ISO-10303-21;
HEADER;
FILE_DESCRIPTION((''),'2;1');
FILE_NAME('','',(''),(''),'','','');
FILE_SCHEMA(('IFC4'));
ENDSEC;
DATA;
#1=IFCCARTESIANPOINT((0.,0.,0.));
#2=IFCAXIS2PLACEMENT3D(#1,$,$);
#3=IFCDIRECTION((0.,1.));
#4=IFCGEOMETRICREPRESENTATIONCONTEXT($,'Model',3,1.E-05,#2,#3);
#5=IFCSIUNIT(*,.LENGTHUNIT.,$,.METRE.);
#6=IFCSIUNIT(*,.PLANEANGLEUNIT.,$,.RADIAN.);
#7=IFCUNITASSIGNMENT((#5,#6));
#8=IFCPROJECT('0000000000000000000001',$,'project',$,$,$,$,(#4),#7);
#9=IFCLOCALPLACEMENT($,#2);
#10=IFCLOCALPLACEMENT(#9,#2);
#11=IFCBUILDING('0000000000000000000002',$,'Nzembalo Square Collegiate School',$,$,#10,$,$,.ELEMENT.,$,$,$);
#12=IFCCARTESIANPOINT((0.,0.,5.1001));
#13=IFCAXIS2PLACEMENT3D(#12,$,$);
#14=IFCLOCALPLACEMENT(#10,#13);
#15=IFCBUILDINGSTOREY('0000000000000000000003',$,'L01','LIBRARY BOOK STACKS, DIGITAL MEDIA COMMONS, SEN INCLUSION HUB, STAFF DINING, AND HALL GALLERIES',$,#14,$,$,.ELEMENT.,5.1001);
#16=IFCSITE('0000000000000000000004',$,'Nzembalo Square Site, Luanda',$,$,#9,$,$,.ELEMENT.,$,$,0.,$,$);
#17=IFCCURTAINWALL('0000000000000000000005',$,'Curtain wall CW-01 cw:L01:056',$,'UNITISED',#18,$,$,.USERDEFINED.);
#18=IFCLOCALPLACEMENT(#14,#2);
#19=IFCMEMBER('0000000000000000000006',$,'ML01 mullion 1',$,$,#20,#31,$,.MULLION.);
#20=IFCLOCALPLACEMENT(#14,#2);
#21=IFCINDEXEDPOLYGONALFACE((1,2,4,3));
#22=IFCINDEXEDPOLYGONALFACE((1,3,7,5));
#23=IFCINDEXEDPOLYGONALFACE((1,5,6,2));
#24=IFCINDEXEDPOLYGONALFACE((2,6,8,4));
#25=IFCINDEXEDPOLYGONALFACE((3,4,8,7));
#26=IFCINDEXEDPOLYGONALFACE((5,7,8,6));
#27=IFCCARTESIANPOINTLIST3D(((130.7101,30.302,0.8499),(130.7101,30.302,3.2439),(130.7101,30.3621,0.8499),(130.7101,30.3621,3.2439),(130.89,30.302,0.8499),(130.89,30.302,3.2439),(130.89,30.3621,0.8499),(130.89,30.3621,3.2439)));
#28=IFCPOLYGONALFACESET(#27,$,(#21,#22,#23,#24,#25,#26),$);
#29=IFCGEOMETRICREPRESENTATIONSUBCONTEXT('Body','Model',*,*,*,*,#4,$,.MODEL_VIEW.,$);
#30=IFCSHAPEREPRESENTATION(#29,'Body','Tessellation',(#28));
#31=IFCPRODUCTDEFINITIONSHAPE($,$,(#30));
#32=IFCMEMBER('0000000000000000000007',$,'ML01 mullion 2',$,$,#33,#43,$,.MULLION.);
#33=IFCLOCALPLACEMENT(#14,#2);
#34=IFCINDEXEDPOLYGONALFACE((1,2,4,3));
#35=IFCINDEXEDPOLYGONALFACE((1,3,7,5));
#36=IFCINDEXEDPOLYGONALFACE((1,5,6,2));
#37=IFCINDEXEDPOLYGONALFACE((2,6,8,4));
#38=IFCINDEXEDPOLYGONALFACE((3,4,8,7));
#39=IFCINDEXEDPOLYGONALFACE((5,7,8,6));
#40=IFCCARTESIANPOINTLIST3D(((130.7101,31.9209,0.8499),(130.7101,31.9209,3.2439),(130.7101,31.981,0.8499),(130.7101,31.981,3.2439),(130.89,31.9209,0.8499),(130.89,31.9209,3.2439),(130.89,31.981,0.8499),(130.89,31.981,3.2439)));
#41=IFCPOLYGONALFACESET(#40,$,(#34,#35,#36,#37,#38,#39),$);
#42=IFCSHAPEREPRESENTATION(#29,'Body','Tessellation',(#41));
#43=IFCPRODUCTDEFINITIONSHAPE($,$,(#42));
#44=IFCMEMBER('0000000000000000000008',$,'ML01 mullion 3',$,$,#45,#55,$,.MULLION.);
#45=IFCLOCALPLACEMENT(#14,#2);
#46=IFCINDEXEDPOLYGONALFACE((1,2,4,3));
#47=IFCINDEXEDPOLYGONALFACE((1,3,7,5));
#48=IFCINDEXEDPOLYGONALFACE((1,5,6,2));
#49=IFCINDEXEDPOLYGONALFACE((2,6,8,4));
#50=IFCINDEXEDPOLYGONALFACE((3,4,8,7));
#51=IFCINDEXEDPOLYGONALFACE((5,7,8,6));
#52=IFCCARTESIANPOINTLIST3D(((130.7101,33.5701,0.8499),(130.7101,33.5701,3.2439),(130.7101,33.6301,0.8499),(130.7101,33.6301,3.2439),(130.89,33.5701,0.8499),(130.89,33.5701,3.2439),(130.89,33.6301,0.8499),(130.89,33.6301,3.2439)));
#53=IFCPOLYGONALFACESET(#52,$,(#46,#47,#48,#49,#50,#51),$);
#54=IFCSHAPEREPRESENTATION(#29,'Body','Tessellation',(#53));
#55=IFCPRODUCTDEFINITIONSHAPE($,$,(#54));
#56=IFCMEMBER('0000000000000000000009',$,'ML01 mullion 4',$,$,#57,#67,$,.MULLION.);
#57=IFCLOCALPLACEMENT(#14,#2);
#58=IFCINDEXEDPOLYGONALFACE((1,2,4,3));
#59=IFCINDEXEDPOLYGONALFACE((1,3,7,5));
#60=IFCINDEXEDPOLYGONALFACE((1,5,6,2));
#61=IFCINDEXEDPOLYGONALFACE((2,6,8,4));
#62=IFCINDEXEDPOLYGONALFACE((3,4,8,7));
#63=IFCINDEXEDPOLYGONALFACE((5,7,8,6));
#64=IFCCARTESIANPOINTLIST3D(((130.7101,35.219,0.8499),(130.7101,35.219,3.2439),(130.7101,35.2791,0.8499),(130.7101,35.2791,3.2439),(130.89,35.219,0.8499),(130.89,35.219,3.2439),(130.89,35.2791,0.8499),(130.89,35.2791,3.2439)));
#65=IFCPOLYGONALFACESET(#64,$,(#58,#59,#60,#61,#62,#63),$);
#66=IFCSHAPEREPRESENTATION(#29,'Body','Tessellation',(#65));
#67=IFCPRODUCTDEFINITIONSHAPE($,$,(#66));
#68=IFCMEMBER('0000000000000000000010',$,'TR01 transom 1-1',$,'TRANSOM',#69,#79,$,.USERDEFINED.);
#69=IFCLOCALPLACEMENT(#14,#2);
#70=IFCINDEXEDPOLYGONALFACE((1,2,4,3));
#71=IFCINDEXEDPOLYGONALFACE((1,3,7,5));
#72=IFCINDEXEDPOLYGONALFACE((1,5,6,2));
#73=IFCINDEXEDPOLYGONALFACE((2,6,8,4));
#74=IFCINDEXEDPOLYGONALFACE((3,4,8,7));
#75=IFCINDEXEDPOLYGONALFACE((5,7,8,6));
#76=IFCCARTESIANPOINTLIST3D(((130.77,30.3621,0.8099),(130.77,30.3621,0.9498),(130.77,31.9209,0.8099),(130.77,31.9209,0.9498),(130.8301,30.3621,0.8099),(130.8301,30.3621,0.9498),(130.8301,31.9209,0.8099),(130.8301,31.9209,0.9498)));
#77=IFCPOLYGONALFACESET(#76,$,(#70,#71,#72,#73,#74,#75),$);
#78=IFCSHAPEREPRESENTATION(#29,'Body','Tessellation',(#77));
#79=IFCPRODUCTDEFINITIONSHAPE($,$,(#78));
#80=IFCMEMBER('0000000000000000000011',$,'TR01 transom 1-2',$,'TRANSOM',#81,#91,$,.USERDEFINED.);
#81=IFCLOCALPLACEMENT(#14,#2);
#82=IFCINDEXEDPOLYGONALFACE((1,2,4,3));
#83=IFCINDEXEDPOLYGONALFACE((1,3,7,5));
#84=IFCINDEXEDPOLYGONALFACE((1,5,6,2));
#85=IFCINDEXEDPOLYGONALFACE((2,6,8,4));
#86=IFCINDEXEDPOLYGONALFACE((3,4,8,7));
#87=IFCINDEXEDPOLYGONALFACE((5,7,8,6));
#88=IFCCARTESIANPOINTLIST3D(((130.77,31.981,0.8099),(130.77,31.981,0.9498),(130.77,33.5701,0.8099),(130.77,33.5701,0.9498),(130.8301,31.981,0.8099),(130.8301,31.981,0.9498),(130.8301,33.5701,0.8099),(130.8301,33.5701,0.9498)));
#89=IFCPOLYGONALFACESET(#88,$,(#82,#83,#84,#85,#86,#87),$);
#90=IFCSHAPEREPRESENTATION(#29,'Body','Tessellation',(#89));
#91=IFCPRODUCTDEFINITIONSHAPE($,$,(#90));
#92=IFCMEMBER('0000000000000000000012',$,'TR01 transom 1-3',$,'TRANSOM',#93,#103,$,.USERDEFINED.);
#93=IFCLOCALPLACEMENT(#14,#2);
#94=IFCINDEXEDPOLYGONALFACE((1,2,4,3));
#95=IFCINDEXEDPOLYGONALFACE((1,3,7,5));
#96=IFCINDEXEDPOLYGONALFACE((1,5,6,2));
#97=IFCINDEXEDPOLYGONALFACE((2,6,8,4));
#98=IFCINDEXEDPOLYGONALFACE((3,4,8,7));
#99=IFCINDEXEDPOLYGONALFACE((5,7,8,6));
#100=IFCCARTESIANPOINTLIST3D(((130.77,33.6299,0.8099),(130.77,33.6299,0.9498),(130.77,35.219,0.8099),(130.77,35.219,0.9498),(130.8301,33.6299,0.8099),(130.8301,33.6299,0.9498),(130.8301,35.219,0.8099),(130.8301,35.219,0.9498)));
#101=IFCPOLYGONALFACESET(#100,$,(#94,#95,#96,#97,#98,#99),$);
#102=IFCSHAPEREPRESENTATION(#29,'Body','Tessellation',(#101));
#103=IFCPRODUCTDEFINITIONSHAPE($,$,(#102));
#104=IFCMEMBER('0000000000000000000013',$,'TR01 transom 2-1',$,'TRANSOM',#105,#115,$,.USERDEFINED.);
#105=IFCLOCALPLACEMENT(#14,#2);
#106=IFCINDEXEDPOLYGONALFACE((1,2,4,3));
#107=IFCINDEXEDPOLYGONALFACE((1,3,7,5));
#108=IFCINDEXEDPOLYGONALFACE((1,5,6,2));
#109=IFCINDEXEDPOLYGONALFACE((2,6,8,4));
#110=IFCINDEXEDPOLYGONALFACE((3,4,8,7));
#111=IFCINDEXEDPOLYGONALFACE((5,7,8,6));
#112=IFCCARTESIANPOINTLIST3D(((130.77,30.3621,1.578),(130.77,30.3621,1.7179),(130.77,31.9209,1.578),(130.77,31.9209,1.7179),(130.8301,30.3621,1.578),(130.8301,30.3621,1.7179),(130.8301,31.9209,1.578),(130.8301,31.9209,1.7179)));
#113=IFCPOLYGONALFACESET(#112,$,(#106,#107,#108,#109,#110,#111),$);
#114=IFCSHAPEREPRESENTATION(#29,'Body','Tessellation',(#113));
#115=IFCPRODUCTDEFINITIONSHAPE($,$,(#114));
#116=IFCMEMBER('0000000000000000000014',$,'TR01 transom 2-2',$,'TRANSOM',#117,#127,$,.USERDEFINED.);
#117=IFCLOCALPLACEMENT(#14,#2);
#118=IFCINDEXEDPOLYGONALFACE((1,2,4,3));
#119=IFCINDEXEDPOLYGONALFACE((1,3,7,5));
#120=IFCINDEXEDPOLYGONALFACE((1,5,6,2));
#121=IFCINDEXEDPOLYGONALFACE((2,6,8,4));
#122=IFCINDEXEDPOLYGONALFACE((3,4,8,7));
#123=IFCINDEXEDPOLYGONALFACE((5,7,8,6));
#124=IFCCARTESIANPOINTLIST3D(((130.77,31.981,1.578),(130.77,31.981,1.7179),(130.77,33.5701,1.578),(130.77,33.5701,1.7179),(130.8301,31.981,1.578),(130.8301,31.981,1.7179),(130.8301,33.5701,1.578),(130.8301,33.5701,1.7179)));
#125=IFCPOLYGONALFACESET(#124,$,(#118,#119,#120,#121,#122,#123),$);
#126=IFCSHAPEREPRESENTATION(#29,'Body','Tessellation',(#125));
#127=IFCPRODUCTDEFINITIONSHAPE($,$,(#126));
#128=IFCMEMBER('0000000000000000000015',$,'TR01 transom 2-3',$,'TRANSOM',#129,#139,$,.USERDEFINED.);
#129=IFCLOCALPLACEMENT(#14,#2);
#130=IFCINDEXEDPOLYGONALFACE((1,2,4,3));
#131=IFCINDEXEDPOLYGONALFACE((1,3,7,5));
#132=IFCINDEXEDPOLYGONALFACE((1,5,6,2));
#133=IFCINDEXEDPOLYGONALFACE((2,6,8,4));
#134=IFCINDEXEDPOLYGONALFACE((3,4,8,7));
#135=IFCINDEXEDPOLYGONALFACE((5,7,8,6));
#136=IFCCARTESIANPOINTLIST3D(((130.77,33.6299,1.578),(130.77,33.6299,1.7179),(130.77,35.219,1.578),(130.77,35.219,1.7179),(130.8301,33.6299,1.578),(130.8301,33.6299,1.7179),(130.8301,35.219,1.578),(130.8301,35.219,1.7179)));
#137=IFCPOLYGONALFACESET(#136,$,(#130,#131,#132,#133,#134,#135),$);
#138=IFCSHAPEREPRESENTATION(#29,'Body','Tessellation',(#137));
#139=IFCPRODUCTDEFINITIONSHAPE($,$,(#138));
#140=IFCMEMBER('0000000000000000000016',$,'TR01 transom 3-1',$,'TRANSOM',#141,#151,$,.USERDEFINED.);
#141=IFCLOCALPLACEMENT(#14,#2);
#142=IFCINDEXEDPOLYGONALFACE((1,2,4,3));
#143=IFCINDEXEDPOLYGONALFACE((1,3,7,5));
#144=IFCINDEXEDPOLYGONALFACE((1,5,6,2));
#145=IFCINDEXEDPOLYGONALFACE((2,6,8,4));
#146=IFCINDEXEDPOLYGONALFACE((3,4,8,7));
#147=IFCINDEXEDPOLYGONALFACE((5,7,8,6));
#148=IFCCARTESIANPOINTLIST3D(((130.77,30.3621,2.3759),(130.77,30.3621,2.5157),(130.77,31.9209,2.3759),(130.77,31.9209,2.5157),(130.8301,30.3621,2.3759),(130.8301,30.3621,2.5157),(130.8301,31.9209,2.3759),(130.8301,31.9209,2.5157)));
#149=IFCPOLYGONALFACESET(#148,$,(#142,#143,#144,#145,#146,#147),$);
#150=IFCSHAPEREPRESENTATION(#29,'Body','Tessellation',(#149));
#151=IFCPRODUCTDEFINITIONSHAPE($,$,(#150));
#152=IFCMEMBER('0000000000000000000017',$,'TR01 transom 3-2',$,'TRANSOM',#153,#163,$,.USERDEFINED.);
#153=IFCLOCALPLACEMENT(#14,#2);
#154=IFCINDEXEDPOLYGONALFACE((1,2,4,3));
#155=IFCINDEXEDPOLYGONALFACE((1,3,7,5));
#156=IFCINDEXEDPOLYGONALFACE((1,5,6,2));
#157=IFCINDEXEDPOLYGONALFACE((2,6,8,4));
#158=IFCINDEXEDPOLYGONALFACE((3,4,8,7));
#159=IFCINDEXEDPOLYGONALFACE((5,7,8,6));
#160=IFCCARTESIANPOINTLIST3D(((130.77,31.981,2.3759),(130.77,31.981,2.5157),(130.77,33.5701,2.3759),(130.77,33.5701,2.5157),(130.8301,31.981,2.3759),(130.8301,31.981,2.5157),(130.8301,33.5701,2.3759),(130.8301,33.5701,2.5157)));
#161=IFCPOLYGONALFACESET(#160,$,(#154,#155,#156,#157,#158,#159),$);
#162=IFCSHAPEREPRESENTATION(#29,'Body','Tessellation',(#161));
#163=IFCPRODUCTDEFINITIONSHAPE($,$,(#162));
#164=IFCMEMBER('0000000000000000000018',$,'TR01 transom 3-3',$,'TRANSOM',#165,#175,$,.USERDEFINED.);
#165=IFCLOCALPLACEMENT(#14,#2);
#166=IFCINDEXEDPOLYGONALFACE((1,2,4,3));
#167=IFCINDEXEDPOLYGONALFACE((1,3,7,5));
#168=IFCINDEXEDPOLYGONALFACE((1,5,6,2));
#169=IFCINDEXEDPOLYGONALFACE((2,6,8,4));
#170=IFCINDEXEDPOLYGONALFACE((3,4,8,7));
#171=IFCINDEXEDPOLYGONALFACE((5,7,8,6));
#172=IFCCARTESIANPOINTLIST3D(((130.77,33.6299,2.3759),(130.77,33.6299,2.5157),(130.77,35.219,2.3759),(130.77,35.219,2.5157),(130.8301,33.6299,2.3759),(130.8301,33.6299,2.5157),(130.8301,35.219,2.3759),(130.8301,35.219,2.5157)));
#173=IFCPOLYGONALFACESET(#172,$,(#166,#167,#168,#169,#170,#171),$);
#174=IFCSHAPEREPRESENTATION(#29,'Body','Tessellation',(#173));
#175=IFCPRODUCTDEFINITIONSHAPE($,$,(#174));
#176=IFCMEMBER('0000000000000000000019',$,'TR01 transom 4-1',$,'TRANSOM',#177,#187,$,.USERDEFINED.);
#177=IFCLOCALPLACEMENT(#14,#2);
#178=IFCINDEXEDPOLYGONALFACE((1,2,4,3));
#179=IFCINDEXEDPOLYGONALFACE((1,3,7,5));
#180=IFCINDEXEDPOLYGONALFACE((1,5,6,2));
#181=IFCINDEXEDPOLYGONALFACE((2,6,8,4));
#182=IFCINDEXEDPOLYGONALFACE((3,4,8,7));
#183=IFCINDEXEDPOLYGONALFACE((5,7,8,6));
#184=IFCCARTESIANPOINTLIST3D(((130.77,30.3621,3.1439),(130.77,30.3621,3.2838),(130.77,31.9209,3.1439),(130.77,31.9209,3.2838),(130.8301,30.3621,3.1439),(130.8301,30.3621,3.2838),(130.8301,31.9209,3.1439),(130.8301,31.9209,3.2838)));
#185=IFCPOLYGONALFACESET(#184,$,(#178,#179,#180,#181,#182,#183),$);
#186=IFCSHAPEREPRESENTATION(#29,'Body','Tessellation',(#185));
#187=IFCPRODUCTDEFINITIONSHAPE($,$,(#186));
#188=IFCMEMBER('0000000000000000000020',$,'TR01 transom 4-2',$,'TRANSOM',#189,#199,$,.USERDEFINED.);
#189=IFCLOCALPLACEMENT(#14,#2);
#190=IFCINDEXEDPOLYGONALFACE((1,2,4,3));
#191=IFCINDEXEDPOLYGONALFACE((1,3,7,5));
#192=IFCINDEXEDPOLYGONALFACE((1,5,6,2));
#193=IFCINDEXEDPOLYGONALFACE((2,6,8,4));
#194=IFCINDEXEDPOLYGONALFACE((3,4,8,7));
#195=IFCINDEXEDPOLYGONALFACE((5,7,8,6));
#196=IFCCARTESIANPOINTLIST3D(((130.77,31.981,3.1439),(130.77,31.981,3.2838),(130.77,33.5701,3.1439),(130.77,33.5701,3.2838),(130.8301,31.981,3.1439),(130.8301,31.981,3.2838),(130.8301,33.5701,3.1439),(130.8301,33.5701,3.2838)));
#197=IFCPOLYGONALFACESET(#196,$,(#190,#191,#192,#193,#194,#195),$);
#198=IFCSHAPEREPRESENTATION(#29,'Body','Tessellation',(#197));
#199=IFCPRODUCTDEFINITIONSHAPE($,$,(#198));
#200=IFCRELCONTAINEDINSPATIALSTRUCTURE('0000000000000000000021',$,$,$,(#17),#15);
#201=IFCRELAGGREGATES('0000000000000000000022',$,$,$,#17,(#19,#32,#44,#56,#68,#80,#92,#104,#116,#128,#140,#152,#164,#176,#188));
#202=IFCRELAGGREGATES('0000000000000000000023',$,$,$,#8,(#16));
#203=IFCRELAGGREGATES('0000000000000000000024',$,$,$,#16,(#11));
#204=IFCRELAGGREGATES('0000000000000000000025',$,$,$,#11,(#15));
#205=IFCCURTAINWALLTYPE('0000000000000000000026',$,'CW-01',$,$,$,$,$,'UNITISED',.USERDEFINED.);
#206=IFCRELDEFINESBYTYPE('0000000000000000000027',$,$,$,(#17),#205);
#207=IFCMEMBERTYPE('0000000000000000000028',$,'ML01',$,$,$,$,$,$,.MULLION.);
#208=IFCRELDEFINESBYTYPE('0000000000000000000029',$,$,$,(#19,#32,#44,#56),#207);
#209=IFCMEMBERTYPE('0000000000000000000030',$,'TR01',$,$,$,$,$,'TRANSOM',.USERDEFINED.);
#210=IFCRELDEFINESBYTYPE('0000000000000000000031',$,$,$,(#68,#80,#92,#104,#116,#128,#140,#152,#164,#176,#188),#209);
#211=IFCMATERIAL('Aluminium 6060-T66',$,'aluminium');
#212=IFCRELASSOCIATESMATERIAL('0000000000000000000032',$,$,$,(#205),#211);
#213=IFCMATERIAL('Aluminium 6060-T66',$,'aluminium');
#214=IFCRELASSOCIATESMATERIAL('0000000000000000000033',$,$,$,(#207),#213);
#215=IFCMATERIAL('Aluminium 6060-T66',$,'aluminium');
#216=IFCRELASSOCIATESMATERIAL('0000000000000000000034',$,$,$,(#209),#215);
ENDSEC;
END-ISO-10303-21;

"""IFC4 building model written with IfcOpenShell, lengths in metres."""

from ifc_helpers import new_model, si_unit, direction, frame, origin, origin_2d, place, context, subcontext, project, spatial, rectangle, extrude, material, material_profile, profile_set, type_object, element, aggregate, save


model = new_model("IFC4")

# Units and contexts
model_context = context("Model", 3, precision=1e-05, world=origin(), true_north=direction((0.0, 1.0)))
body_context = subcontext(model_context, "Body", "Model", "MODEL_VIEW")
ifc_project = project(units=[si_unit("LENGTHUNIT", "METRE"), si_unit("PLANEANGLEUNIT", "RADIAN")], contexts=[model_context])

# Site, building, storey
site_placement = place(None, origin())
site = spatial("IfcSite", under=ifc_project, at=site_placement, Name="Nzembalo Square Site, Luanda", CompositionType="ELEMENT", RefElevation=0.0)
building_placement = place(site_placement, origin())
building = spatial("IfcBuilding", under=site, at=building_placement, Name="Nzembalo Square Collegiate School", CompositionType="ELEMENT")
storey_placement = place(building_placement, frame((0.0, 0.0, 5.1001)))
storey = spatial("IfcBuildingStorey", under=building, at=storey_placement, Name="L01", Description="LIBRARY BOOK STACKS, DIGITAL MEDIA COMMONS, SEN INCLUSION HUB, STAFF DINING, AND HALL GALLERIES", CompositionType="ELEMENT", Elevation=5.1001)

# Curtain wall, members
ifc_material_1 = material(Name="Aluminium 6060-T66", Category="aluminium")
curtain_wall_type = type_object("IfcCurtainWallType", Name="CW-01", ElementType="UNITISED", PredefinedType="USERDEFINED", material=ifc_material_1)
curtain_wall_placement = place(storey_placement, origin())
curtain_wall = element("IfcCurtainWall", 1, at=curtain_wall_placement, inside=storey, type_object=curtain_wall_type, Name="Curtain wall CW-01 cw:L01:056", ObjectType="UNITISED", PredefinedType="USERDEFINED")
ifc_material_2 = material(Name="Aluminium 6060-T66", Category="aluminium")
ifc_material_profile_1 = material_profile(ifc_material_2, rectangle(XDim=0.0601, YDim=0.1799, at=origin_2d()), Name="ALU M60x180")
ifc_profile_set_1 = profile_set([ifc_material_profile_1], Name="Aluminium 6060-T66")
member_type_1 = type_object("IfcMemberType", Name="ML01", PredefinedType="MULLION", material=ifc_profile_set_1)
member_1_placement = place(storey_placement, frame((130.8, 30.332, 0.8499), z_axis=(0.0, 0.0, 1.0), x_axis=(0.0, 1.0, 0.0)))
member_1 = element("IfcMember", 2, at=member_1_placement, type_object=member_type_1, Name="ML01 mullion 1", PredefinedType="MULLION", context=body_context, shape_type="SweptSolid", body=[
    extrude(rectangle(XDim=0.0601, YDim=0.1799, at=origin_2d()), origin(), (0.0, 0.0, 1.0), 2.394),
])
member_2_placement = place(storey_placement, frame((130.8, 31.9509, 0.8499), z_axis=(0.0, 0.0, 1.0), x_axis=(0.0, 1.0, 0.0)))
member_2 = element("IfcMember", 3, at=member_2_placement, type_object=member_type_1, Name="ML01 mullion 2", PredefinedType="MULLION", context=body_context, shape_type="SweptSolid", body=[
    extrude(rectangle(XDim=0.0601, YDim=0.1799, at=origin_2d()), origin(), (0.0, 0.0, 1.0), 2.394),
])
member_3_placement = place(storey_placement, frame((130.8, 33.6001, 0.8499), z_axis=(0.0, 0.0, 1.0), x_axis=(0.0, 1.0, 0.0)))
member_3 = element("IfcMember", 4, at=member_3_placement, type_object=member_type_1, Name="ML01 mullion 3", PredefinedType="MULLION", context=body_context, shape_type="SweptSolid", body=[
    extrude(rectangle(XDim=0.0601, YDim=0.1799, at=origin_2d()), origin(), (0.0, 0.0, 1.0), 2.394),
])
member_4_placement = place(storey_placement, frame((130.8, 35.249, 0.8499), z_axis=(0.0, 0.0, 1.0), x_axis=(0.0, 1.0, 0.0)))
member_4 = element("IfcMember", 5, at=member_4_placement, type_object=member_type_1, Name="ML01 mullion 4", PredefinedType="MULLION", context=body_context, shape_type="SweptSolid", body=[
    extrude(rectangle(XDim=0.0601, YDim=0.1799, at=origin_2d()), origin(), (0.0, 0.0, 1.0), 2.394),
])
ifc_material_3 = material(Name="Aluminium 6060-T66", Category="aluminium")
ifc_material_profile_2 = material_profile(ifc_material_3, rectangle(XDim=0.0601, YDim=0.1399, at=origin_2d()), Name="ALU T60x140")
ifc_profile_set_2 = profile_set([ifc_material_profile_2], Name="Aluminium 6060-T66")
member_type_2 = type_object("IfcMemberType", Name="TR01", ElementType="TRANSOM", PredefinedType="USERDEFINED", material=ifc_profile_set_2)
member_5_placement = place(storey_placement, frame((130.8, 30.3621, 0.8799), z_axis=(0.0, 1.0, 0.0), x_axis=(-1.0, 0.0, 0.0)))
member_5 = element("IfcMember", 6, at=member_5_placement, type_object=member_type_2, Name="TR01 transom 1-1", ObjectType="TRANSOM", PredefinedType="USERDEFINED", context=body_context, shape_type="SweptSolid", body=[
    extrude(rectangle(XDim=0.0601, YDim=0.1399, at=origin_2d()), origin(), (0.0, 0.0, 1.0), 1.5588),
])
member_6_placement = place(storey_placement, frame((130.8, 31.981, 0.8799), z_axis=(0.0, 1.0, 0.0), x_axis=(-1.0, 0.0, 0.0)))
member_6 = element("IfcMember", 7, at=member_6_placement, type_object=member_type_2, Name="TR01 transom 1-2", ObjectType="TRANSOM", PredefinedType="USERDEFINED", context=body_context, shape_type="SweptSolid", body=[
    extrude(rectangle(XDim=0.0601, YDim=0.1399, at=origin_2d()), origin(), (0.0, 0.0, 1.0), 1.5891),
])
member_7_placement = place(storey_placement, frame((130.8, 33.6299, 0.8799), z_axis=(0.0, 1.0, 0.0), x_axis=(-1.0, 0.0, 0.0)))
member_7 = element("IfcMember", 8, at=member_7_placement, type_object=member_type_2, Name="TR01 transom 1-3", ObjectType="TRANSOM", PredefinedType="USERDEFINED", context=body_context, shape_type="SweptSolid", body=[
    extrude(rectangle(XDim=0.0601, YDim=0.1399, at=origin_2d()), origin(), (0.0, 0.0, 1.0), 1.5891),
])
member_8_placement = place(storey_placement, frame((130.8, 30.3621, 1.6479), z_axis=(0.0, 1.0, 0.0), x_axis=(-1.0, 0.0, 0.0)))
member_8 = element("IfcMember", 9, at=member_8_placement, type_object=member_type_2, Name="TR01 transom 2-1", ObjectType="TRANSOM", PredefinedType="USERDEFINED", context=body_context, shape_type="SweptSolid", body=[
    extrude(rectangle(XDim=0.0601, YDim=0.1399, at=origin_2d()), origin(), (0.0, 0.0, 1.0), 1.5588),
])
member_9_placement = place(storey_placement, frame((130.8, 31.981, 1.6479), z_axis=(0.0, 1.0, 0.0), x_axis=(-1.0, 0.0, 0.0)))
member_9 = element("IfcMember", 10, at=member_9_placement, type_object=member_type_2, Name="TR01 transom 2-2", ObjectType="TRANSOM", PredefinedType="USERDEFINED", context=body_context, shape_type="SweptSolid", body=[
    extrude(rectangle(XDim=0.0601, YDim=0.1399, at=origin_2d()), origin(), (0.0, 0.0, 1.0), 1.5891),
])
member_10_placement = place(storey_placement, frame((130.8, 33.6299, 1.6479), z_axis=(0.0, 1.0, 0.0), x_axis=(-1.0, 0.0, 0.0)))
member_10 = element("IfcMember", 11, at=member_10_placement, type_object=member_type_2, Name="TR01 transom 2-3", ObjectType="TRANSOM", PredefinedType="USERDEFINED", context=body_context, shape_type="SweptSolid", body=[
    extrude(rectangle(XDim=0.0601, YDim=0.1399, at=origin_2d()), origin(), (0.0, 0.0, 1.0), 1.5891),
])
member_11_placement = place(storey_placement, frame((130.8, 30.3621, 2.4458), z_axis=(0.0, 1.0, 0.0), x_axis=(-1.0, 0.0, 0.0)))
member_11 = element("IfcMember", 12, at=member_11_placement, type_object=member_type_2, Name="TR01 transom 3-1", ObjectType="TRANSOM", PredefinedType="USERDEFINED", context=body_context, shape_type="SweptSolid", body=[
    extrude(rectangle(XDim=0.0601, YDim=0.1399, at=origin_2d()), origin(), (0.0, 0.0, 1.0), 1.5588),
])
member_12_placement = place(storey_placement, frame((130.8, 31.981, 2.4458), z_axis=(0.0, 1.0, 0.0), x_axis=(-1.0, 0.0, 0.0)))
member_12 = element("IfcMember", 13, at=member_12_placement, type_object=member_type_2, Name="TR01 transom 3-2", ObjectType="TRANSOM", PredefinedType="USERDEFINED", context=body_context, shape_type="SweptSolid", body=[
    extrude(rectangle(XDim=0.0601, YDim=0.1399, at=origin_2d()), origin(), (0.0, 0.0, 1.0), 1.5891),
])
member_13_placement = place(storey_placement, frame((130.8, 33.6299, 2.4458), z_axis=(0.0, 1.0, 0.0), x_axis=(-1.0, 0.0, 0.0)))
member_13 = element("IfcMember", 14, at=member_13_placement, type_object=member_type_2, Name="TR01 transom 3-3", ObjectType="TRANSOM", PredefinedType="USERDEFINED", context=body_context, shape_type="SweptSolid", body=[
    extrude(rectangle(XDim=0.0601, YDim=0.1399, at=origin_2d()), origin(), (0.0, 0.0, 1.0), 1.5891),
])
member_14_placement = place(storey_placement, frame((130.8, 30.3621, 3.2139), z_axis=(0.0, 1.0, 0.0), x_axis=(-1.0, 0.0, 0.0)))
member_14 = element("IfcMember", 15, at=member_14_placement, type_object=member_type_2, Name="TR01 transom 4-1", ObjectType="TRANSOM", PredefinedType="USERDEFINED", context=body_context, shape_type="SweptSolid", body=[
    extrude(rectangle(XDim=0.0601, YDim=0.1399, at=origin_2d()), origin(), (0.0, 0.0, 1.0), 1.5588),
])
member_15_placement = place(storey_placement, frame((130.8, 31.981, 3.2139), z_axis=(0.0, 1.0, 0.0), x_axis=(-1.0, 0.0, 0.0)))
member_15 = element("IfcMember", 16, at=member_15_placement, type_object=member_type_2, Name="TR01 transom 4-2", ObjectType="TRANSOM", PredefinedType="USERDEFINED", context=body_context, shape_type="SweptSolid", body=[
    extrude(rectangle(XDim=0.0601, YDim=0.1399, at=origin_2d()), origin(), (0.0, 0.0, 1.0), 1.5891),
])
aggregate(curtain_wall, [member_1, member_2, member_3, member_4, member_5, member_6, member_7, member_8, member_9, member_10, member_11, member_12, member_13, member_14, member_15])

save(model, "model.ifc")
